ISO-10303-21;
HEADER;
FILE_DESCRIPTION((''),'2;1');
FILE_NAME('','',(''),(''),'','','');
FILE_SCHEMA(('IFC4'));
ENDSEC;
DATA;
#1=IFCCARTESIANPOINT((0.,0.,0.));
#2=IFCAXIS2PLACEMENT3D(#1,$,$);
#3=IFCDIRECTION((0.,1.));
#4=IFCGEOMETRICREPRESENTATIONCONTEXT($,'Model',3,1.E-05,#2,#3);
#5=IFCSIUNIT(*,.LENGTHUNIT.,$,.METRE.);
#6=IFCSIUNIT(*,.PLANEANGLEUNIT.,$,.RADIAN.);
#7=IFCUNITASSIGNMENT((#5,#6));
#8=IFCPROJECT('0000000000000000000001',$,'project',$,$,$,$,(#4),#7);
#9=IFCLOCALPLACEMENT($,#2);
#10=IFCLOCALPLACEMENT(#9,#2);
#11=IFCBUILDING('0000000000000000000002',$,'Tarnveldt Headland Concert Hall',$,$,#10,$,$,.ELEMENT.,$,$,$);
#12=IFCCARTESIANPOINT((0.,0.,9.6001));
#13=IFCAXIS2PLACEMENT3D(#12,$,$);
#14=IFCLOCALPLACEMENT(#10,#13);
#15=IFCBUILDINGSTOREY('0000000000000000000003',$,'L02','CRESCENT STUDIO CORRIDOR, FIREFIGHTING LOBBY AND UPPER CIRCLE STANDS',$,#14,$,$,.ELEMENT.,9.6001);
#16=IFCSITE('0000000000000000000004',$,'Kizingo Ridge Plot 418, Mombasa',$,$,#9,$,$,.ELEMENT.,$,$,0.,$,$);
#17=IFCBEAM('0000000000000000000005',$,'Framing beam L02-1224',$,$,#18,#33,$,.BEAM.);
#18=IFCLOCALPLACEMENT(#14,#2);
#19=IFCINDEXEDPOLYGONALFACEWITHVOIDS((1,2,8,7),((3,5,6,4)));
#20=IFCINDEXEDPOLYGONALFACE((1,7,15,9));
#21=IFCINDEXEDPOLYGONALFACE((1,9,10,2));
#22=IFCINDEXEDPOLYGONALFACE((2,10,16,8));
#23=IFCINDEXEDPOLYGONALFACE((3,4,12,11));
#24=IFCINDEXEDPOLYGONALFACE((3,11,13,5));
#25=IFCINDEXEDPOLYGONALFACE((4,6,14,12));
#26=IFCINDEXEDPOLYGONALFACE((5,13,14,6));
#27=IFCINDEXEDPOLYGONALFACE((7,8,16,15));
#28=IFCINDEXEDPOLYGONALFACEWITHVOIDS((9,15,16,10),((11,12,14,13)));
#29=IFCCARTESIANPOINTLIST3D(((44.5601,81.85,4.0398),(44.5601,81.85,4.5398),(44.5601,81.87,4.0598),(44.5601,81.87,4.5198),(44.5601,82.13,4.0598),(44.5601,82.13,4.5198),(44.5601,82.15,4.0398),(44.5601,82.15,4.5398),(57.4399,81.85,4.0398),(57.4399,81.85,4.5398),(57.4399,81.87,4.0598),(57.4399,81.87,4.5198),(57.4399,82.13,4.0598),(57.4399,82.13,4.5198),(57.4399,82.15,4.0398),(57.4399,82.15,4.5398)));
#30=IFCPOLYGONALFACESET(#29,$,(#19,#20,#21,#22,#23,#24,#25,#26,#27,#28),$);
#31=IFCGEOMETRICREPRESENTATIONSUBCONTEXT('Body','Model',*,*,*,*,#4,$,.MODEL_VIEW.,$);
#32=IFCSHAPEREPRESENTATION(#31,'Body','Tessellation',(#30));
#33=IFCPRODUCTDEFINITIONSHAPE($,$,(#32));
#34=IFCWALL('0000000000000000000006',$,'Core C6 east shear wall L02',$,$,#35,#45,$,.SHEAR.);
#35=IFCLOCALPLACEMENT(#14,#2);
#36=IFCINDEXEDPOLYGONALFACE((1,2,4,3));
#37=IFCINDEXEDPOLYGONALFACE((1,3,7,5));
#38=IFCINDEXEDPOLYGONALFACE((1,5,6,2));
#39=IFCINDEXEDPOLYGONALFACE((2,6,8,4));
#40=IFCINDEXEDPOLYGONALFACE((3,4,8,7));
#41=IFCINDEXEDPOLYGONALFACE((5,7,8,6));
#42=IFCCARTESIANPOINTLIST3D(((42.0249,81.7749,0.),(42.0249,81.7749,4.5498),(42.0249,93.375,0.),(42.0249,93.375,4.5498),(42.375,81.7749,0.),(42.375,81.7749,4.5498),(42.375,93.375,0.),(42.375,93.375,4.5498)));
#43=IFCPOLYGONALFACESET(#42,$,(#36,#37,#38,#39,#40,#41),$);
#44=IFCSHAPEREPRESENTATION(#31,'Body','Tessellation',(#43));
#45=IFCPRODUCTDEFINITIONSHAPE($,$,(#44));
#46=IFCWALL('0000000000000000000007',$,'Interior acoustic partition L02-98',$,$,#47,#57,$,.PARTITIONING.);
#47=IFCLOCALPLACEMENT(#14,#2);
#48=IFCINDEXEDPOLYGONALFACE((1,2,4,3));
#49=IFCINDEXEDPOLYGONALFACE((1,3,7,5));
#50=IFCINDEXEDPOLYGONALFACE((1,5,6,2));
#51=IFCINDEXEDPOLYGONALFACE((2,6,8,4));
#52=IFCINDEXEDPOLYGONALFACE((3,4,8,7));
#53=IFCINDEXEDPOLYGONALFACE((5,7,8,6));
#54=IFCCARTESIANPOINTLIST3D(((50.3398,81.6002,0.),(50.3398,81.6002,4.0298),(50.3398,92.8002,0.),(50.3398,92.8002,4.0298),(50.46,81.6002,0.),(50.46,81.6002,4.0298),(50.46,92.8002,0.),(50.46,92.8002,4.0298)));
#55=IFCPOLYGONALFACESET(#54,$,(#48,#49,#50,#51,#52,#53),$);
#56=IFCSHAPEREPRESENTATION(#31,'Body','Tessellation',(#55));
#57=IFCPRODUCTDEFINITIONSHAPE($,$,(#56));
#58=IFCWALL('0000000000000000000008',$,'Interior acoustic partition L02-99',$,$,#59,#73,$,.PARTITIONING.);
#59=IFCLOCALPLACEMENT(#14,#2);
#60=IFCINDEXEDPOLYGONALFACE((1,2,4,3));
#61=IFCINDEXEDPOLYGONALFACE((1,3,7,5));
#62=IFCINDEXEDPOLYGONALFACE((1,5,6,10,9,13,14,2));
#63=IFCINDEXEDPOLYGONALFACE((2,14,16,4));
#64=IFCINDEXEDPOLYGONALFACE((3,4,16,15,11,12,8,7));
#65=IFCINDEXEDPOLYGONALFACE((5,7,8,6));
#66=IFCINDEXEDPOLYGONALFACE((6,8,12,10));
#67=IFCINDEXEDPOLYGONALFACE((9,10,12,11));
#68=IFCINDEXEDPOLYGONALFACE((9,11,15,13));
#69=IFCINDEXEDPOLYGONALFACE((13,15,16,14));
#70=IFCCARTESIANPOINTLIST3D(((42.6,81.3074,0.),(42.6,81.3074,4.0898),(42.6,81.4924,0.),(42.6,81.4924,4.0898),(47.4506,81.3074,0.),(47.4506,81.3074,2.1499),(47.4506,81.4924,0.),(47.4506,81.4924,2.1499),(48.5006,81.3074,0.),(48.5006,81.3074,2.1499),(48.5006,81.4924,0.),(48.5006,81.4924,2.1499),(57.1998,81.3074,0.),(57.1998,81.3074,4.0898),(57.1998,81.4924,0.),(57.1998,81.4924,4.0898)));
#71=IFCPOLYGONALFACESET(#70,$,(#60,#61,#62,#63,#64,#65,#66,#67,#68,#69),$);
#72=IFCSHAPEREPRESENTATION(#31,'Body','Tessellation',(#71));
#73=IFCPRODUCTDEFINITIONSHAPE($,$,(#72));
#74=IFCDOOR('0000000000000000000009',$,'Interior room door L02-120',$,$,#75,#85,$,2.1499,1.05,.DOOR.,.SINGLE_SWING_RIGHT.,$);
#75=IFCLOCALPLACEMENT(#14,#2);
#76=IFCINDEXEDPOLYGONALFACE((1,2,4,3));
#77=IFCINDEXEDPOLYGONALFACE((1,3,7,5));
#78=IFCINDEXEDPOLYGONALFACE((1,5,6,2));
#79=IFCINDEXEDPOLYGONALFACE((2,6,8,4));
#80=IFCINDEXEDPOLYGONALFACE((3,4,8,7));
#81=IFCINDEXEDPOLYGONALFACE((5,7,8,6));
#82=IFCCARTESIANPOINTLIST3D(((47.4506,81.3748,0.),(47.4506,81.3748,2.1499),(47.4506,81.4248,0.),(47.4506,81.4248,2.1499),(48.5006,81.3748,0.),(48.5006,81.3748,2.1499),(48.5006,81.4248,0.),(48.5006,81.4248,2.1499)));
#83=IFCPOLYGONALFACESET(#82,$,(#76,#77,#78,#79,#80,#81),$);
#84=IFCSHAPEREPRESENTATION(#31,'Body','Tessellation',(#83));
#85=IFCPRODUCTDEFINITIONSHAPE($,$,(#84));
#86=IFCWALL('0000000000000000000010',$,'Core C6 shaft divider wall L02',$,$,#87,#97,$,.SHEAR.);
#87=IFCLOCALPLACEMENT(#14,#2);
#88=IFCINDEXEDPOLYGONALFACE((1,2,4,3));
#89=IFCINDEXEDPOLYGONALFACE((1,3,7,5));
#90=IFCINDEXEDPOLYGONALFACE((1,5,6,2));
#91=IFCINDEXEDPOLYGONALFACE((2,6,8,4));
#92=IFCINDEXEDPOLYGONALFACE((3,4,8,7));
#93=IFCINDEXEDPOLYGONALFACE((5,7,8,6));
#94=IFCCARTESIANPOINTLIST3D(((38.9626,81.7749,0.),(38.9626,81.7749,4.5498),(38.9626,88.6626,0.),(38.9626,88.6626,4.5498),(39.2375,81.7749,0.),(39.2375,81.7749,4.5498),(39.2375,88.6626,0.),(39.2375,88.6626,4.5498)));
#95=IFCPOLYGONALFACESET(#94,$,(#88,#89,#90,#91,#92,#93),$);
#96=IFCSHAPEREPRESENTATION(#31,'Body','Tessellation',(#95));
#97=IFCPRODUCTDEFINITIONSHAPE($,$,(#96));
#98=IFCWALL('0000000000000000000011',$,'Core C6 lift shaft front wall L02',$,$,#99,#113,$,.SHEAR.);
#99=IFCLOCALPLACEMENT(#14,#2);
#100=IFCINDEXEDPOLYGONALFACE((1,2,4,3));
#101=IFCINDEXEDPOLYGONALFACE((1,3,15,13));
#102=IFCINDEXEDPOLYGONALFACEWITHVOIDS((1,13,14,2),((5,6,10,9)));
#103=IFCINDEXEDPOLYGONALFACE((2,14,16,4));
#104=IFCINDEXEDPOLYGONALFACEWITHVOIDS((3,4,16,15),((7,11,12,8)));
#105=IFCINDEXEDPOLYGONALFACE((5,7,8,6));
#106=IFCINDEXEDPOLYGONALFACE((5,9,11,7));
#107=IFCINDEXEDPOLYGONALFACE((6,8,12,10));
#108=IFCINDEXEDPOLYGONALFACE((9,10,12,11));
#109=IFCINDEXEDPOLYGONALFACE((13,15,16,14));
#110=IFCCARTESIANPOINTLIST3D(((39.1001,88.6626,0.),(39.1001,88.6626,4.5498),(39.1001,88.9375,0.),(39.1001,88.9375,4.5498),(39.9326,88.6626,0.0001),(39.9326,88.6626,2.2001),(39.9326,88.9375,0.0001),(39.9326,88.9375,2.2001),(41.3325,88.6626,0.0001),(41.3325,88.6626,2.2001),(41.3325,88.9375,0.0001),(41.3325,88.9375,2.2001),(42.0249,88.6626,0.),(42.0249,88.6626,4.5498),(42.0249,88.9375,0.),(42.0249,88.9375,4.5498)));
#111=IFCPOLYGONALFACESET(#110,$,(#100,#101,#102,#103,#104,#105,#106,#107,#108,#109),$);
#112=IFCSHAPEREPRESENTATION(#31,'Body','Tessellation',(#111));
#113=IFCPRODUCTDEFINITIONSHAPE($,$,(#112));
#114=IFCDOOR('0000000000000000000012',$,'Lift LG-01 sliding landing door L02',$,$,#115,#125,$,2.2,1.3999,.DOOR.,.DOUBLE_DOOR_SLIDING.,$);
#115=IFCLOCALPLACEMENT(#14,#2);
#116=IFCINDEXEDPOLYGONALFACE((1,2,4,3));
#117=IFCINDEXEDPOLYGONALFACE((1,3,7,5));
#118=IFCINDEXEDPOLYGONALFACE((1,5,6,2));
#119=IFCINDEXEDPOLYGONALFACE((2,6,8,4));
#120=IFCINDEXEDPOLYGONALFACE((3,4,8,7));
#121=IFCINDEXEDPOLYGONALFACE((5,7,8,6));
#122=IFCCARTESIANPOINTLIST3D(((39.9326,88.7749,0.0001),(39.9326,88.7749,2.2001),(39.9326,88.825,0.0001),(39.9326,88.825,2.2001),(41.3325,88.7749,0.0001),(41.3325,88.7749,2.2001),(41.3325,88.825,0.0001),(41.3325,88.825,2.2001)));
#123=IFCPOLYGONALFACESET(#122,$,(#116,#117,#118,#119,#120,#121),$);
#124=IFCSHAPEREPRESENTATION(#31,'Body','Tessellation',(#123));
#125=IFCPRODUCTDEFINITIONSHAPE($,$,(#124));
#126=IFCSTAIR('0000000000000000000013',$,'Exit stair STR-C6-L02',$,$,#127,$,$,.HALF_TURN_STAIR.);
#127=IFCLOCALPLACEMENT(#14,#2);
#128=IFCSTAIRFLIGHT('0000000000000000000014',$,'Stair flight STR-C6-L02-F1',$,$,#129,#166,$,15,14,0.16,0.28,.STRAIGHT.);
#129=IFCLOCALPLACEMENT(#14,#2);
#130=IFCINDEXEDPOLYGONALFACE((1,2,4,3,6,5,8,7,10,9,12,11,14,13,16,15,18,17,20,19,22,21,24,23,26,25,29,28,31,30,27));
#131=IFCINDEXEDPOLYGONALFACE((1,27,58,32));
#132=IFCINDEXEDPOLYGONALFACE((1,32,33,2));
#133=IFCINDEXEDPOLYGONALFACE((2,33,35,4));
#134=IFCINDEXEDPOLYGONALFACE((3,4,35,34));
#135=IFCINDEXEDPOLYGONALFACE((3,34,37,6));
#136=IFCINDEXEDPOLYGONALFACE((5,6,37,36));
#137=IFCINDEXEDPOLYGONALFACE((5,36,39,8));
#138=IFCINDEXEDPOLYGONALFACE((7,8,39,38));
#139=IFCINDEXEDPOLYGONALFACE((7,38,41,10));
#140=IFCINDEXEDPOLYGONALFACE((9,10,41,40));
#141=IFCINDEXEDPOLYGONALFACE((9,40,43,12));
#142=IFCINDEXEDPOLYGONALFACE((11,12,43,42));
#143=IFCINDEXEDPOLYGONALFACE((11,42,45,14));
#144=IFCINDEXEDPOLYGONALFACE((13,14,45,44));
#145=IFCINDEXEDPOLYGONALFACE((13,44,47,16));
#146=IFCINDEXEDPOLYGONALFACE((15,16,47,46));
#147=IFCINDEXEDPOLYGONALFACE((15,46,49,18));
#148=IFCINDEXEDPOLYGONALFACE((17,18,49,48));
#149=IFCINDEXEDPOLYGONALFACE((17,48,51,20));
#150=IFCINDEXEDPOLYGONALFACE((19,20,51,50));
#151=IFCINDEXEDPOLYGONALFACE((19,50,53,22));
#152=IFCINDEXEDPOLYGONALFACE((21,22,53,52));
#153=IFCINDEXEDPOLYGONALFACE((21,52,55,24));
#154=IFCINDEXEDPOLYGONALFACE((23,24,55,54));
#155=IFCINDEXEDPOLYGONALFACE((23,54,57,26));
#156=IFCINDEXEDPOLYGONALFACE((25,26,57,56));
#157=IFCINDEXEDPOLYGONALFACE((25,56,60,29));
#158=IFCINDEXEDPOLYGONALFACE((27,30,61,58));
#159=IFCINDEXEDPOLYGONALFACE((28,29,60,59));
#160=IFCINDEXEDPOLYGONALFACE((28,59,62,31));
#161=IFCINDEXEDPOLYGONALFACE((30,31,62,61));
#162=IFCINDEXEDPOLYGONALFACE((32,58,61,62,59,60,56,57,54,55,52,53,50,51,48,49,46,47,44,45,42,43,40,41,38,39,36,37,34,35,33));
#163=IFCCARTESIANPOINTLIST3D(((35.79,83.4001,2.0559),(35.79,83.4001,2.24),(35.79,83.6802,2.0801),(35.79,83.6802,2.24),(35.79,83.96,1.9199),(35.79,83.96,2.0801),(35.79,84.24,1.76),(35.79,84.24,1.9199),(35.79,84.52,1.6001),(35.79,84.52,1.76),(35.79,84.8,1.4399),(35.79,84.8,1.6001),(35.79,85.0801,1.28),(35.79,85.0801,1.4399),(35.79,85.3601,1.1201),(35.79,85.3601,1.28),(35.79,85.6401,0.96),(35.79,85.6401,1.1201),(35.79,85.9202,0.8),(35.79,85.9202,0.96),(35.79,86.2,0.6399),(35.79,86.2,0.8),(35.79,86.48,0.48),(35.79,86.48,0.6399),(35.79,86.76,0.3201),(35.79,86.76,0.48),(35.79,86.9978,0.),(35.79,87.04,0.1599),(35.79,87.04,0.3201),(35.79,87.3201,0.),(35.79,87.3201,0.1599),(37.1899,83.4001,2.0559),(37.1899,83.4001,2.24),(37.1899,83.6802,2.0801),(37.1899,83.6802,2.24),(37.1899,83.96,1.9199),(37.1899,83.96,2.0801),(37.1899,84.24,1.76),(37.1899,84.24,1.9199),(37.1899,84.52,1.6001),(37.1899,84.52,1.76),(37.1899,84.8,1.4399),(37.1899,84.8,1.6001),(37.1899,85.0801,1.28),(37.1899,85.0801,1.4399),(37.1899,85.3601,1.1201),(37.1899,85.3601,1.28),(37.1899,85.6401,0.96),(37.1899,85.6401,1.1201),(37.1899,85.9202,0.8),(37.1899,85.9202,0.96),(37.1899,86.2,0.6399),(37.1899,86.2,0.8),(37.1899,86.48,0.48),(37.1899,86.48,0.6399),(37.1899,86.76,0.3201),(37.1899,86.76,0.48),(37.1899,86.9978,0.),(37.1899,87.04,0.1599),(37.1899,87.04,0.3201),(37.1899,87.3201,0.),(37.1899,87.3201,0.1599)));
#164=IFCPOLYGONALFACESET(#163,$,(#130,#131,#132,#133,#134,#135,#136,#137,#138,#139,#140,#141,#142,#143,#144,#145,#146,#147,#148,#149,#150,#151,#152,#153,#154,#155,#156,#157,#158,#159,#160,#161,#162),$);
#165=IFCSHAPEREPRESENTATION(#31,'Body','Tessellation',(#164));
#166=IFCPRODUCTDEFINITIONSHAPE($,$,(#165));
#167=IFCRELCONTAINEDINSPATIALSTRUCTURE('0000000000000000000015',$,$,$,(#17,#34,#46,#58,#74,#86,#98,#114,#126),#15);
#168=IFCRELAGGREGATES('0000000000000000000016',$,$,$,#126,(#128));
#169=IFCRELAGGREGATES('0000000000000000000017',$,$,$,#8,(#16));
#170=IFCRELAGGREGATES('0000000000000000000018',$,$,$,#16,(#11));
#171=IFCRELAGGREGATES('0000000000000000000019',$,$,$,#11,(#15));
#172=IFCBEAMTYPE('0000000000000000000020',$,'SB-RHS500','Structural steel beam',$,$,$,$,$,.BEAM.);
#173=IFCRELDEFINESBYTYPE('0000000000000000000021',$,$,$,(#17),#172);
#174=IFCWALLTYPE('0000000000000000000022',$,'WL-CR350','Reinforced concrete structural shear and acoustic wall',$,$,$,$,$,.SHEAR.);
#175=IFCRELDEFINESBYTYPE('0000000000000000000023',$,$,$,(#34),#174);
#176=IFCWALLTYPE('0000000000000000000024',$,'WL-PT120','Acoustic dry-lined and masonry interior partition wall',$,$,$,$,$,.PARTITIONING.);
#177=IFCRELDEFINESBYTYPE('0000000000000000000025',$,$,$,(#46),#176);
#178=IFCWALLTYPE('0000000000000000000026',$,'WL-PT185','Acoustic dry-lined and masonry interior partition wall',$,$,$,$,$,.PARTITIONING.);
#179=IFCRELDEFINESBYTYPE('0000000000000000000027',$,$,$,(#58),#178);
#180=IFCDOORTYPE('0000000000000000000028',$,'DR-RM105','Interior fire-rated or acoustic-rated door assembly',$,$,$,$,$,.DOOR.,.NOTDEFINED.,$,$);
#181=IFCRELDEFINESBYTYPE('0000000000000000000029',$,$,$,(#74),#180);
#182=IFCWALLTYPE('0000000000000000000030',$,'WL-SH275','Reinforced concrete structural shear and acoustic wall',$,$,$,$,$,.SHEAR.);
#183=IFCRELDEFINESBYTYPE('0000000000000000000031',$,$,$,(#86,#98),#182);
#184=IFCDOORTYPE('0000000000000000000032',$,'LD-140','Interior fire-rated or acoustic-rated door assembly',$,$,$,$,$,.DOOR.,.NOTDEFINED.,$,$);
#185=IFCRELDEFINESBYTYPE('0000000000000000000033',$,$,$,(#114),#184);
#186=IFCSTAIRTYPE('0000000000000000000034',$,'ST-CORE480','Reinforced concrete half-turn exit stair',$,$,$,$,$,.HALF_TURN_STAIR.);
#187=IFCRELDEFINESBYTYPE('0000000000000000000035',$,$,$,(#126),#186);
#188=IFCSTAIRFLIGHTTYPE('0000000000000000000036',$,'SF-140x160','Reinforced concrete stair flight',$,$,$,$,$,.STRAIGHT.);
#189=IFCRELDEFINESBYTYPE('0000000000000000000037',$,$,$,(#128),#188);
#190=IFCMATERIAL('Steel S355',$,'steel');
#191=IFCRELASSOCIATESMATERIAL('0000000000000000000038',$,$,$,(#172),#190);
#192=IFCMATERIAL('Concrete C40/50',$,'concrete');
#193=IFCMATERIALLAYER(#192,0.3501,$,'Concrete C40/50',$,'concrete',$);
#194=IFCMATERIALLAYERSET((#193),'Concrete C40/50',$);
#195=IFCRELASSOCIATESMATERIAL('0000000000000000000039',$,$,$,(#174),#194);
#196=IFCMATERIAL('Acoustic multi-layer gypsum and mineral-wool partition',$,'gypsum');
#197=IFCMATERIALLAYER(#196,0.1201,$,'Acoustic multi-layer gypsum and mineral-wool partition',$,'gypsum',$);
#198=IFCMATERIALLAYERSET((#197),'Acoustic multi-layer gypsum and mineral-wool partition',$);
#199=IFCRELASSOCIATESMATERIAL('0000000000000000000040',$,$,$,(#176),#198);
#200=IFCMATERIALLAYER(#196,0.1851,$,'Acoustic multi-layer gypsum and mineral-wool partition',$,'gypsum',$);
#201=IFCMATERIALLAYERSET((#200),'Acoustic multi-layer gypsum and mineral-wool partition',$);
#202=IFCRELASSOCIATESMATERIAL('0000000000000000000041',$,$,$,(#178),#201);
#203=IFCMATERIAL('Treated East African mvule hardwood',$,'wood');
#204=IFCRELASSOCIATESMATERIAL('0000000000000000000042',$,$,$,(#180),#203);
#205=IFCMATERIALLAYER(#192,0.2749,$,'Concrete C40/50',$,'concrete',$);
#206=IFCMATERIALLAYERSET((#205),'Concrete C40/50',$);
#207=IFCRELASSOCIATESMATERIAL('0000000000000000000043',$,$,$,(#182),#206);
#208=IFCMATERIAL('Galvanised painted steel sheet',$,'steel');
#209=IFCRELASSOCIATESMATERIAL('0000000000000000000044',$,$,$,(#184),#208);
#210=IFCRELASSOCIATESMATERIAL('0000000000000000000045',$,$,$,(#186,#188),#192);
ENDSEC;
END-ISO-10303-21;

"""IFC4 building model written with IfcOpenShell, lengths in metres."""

from ifc_helpers import new_model, si_unit, direction, frame, frame_2d, origin, origin_2d, place, context, subcontext, project, spatial, polyline, rectangle, hollow_rectangle, outline, extrude, material, layer, layer_set, material_profile, profile_set, type_object, element, fill, aggregate, save


model = new_model("IFC4")

# Units and contexts
model_context = context("Model", 3, precision=1e-05, world=origin(), true_north=direction((0.0, 1.0)))
body_context = subcontext(model_context, "Body", "Model", "MODEL_VIEW")
ifc_project = project(units=[si_unit("LENGTHUNIT", "METRE"), si_unit("PLANEANGLEUNIT", "RADIAN")], contexts=[model_context])

# Site, building, storey
site_placement = place(None, origin())
site = spatial("IfcSite", under=ifc_project, at=site_placement, Name="Kizingo Ridge Plot 418, Mombasa", CompositionType="ELEMENT", RefElevation=0.0)
building_placement = place(site_placement, origin())
building = spatial("IfcBuilding", under=site, at=building_placement, Name="Tarnveldt Headland Concert Hall", CompositionType="ELEMENT")
storey_placement = place(building_placement, frame((0.0, 0.0, 9.6001)))
storey = spatial("IfcBuildingStorey", under=building, at=storey_placement, Name="L02", Description="CRESCENT STUDIO CORRIDOR, FIREFIGHTING LOBBY AND UPPER CIRCLE STANDS", CompositionType="ELEMENT", Elevation=9.6001)

# Shared definitions
ifc_material_1 = material(Name="Steel S355", Category="steel")

# Beam
ifc_material_profile_1 = material_profile(ifc_material_1, hollow_rectangle(XDim=0.3, YDim=0.5, WallThickness=0.02, at=origin_2d()), Name="RHS 500x300x20", Category="steel")
ifc_profile_set_1 = profile_set([ifc_material_profile_1], Name="Steel S355")
beam_type_1 = type_object("IfcBeamType", Name="SB-RHS500", Description="Structural steel beam", PredefinedType="BEAM", material=ifc_profile_set_1)
beam_1_placement = place(storey_placement, frame((44.5601, 82.0, 4.2898), z_axis=(1.0, 0.0, 0.0), x_axis=(0.0, 1.0, 0.0)))
element("IfcBeam", 1, at=beam_1_placement, inside=storey, type_object=beam_type_1, Name="Framing beam L02-1224", PredefinedType="BEAM", context=body_context, shape_type="SweptSolid", body=[
    extrude(hollow_rectangle(XDim=0.3, YDim=0.5, WallThickness=0.02, at=origin_2d()), origin(), (0.0, 0.0, 1.0), 12.8799),
])

# Walls
ifc_material_2 = material(Name="Concrete C40/50", Category="concrete")
ifc_layer_1 = layer(ifc_material_2, 0.3501, Name="Concrete C40/50", Category="concrete")
ifc_layer_set_1 = layer_set([ifc_layer_1], Name="Concrete C40/50")
wall_type_1 = type_object("IfcWallType", Name="WL-CR350", Description="Reinforced concrete structural shear and acoustic wall", PredefinedType="SHEAR", material=ifc_layer_set_1)
wall_1_placement = place(storey_placement, frame((42.2, 81.7749, 0.0), z_axis=(0.0, 0.0, 1.0), x_axis=(0.0, 1.0, 0.0)))
element("IfcWall", 2, at=wall_1_placement, inside=storey, type_object=wall_type_1, Name="Core C6 east shear wall L02", PredefinedType="SHEAR", context=body_context, shape_type="SweptSolid", body=[
    extrude(rectangle(XDim=11.6001, YDim=0.3501, at=frame_2d((5.8, 0.0))), origin(), (0.0, 0.0, 1.0), 4.5498),
])
ifc_material_3 = material(Name="Acoustic multi-layer gypsum and mineral-wool partition", Category="gypsum")
ifc_layer_2 = layer(ifc_material_3, 0.1201, Name="Acoustic multi-layer gypsum and mineral-wool partition", Category="gypsum")
ifc_layer_set_2 = layer_set([ifc_layer_2], Name="Acoustic multi-layer gypsum and mineral-wool partition")
wall_type_2 = type_object("IfcWallType", Name="WL-PT120", Description="Acoustic dry-lined and masonry interior partition wall", PredefinedType="PARTITIONING", material=ifc_layer_set_2)
wall_2_placement = place(storey_placement, frame((50.3999, 81.6001, 0.0), z_axis=(0.0, 0.0, 1.0), x_axis=(0.0, 1.0, 0.0)))
element("IfcWall", 3, at=wall_2_placement, inside=storey, type_object=wall_type_2, Name="Interior acoustic partition L02-98", PredefinedType="PARTITIONING", context=body_context, shape_type="SweptSolid", body=[
    extrude(rectangle(XDim=11.2, YDim=0.1201, at=frame_2d((5.6001, 0.0))), origin(), (0.0, 0.0, 1.0), 4.0298),
])

# Wall, opening, door
ifc_layer_3 = layer(ifc_material_3, 0.1851, Name="Acoustic multi-layer gypsum and mineral-wool partition", Category="gypsum")
ifc_layer_set_3 = layer_set([ifc_layer_3], Name="Acoustic multi-layer gypsum and mineral-wool partition")
wall_type_3 = type_object("IfcWallType", Name="WL-PT185", Description="Acoustic dry-lined and masonry interior partition wall", PredefinedType="PARTITIONING", material=ifc_layer_set_3)
wall_3_placement = place(storey_placement, frame((42.6001, 81.3999, 0.0), z_axis=(0.0, 0.0, 1.0), x_axis=(1.0, 0.0, 0.0)))
wall_3 = element("IfcWall", 4, at=wall_3_placement, inside=storey, type_object=wall_type_3, Name="Interior acoustic partition L02-99", PredefinedType="PARTITIONING", context=body_context, shape_type="SweptSolid", body=[
    extrude(rectangle(XDim=14.5999, YDim=0.1851, at=frame_2d((7.2998, 0.0))), origin(), (0.0, 0.0, 1.0), 4.0898),
])
opening_1_placement = place(wall_3_placement, frame((4.8506, 0.0, 0.0)))
opening_1 = element("IfcOpeningElement", 5, at=opening_1_placement, cuts=wall_3, PredefinedType="OPENING", context=body_context, shape_type="SweptSolid", body=[
    extrude(rectangle(XDim=1.05, YDim=2.1499, at=frame_2d((0.5249, 1.075))), frame((0.0, 0.1025, 0.0), z_axis=(0.0, -1.0, 0.0), x_axis=(1.0, 0.0, 0.0)), (0.0, 0.0, 1.0), 0.2051),
])
ifc_material_4 = material(Name="Treated East African mvule hardwood", Category="wood")
door_type_1 = type_object("IfcDoorType", Name="DR-RM105", Description="Interior fire-rated or acoustic-rated door assembly", OperationType="NOTDEFINED", PredefinedType="DOOR", material=ifc_material_4)
door_1_placement = place(opening_1_placement, origin())
door_1 = element("IfcDoor", 6, at=door_1_placement, inside=storey, type_object=door_type_1, Name="Interior room door L02-120", OperationType="SINGLE_SWING_RIGHT", OverallHeight=2.1499, OverallWidth=1.05, PredefinedType="DOOR", context=body_context, shape_type="SweptSolid", body=[
    extrude(rectangle(XDim=1.05, YDim=2.1499, at=frame_2d((0.5249, 1.075))), frame((0.0, 0.0249, 0.0), z_axis=(0.0, -1.0, 0.0), x_axis=(1.0, 0.0, 0.0)), (0.0, 0.0, 1.0), 0.05),
])
fill(opening_1, door_1)

# Wall
ifc_layer_4 = layer(ifc_material_2, 0.2749, Name="Concrete C40/50", Category="concrete")
ifc_layer_set_4 = layer_set([ifc_layer_4], Name="Concrete C40/50")
wall_type_4 = type_object("IfcWallType", Name="WL-SH275", Description="Reinforced concrete structural shear and acoustic wall", PredefinedType="SHEAR", material=ifc_layer_set_4)
wall_4_placement = place(storey_placement, frame((39.1001, 81.7749, 0.0), z_axis=(0.0, 0.0, 1.0), x_axis=(0.0, 1.0, 0.0)))
element("IfcWall", 7, at=wall_4_placement, inside=storey, type_object=wall_type_4, Name="Core C6 shaft divider wall L02", PredefinedType="SHEAR", context=body_context, shape_type="SweptSolid", body=[
    extrude(rectangle(XDim=6.8877, YDim=0.2749, at=frame_2d((3.4438, 0.0))), origin(), (0.0, 0.0, 1.0), 4.5498),
])

# Wall, opening, door
wall_5_placement = place(storey_placement, frame((39.1001, 88.8, 0.0), z_axis=(0.0, 0.0, 1.0), x_axis=(1.0, 0.0, 0.0)))
wall_5 = element("IfcWall", 8, at=wall_5_placement, inside=storey, type_object=wall_type_4, Name="Core C6 lift shaft front wall L02", PredefinedType="SHEAR", context=body_context, shape_type="SweptSolid", body=[
    extrude(rectangle(XDim=2.9248, YDim=0.2749, at=frame_2d((1.4624, 0.0))), origin(), (0.0, 0.0, 1.0), 4.5498),
])
opening_2_placement = place(wall_5_placement, frame((0.8325, 0.0, 0.0)))
opening_2 = element("IfcOpeningElement", 9, at=opening_2_placement, cuts=wall_5, PredefinedType="OPENING", context=body_context, shape_type="SweptSolid", body=[
    extrude(rectangle(XDim=1.3999, YDim=2.2, at=frame_2d((0.7, 1.1001))), frame((0.0, 0.1475, 0.0), z_axis=(0.0, -1.0, 0.0), x_axis=(1.0, 0.0, 0.0)), (0.0, 0.0, 1.0), 0.2949),
])
ifc_material_5 = material(Name="Galvanised painted steel sheet", Category="steel")
door_type_2 = type_object("IfcDoorType", Name="LD-140", Description="Interior fire-rated or acoustic-rated door assembly", OperationType="NOTDEFINED", PredefinedType="DOOR", material=ifc_material_5)
door_2_placement = place(opening_2_placement, origin())
door_2 = element("IfcDoor", 10, at=door_2_placement, inside=storey, type_object=door_type_2, Name="Lift LG-01 sliding landing door L02", OperationType="DOUBLE_DOOR_SLIDING", OverallHeight=2.2, OverallWidth=1.3999, PredefinedType="DOOR", context=body_context, shape_type="SweptSolid", body=[
    extrude(rectangle(XDim=1.3999, YDim=2.2, at=frame_2d((0.7, 1.1001))), frame((0.0, 0.0249, 0.0), z_axis=(0.0, -1.0, 0.0), x_axis=(1.0, 0.0, 0.0)), (0.0, 0.0, 1.0), 0.05),
])
fill(opening_2, door_2)

# Stair, stair flight
stair_type = type_object("IfcStairType", Name="ST-CORE480", Description="Reinforced concrete half-turn exit stair", PredefinedType="HALF_TURN_STAIR", material=ifc_material_2)
stair_placement = place(storey_placement, origin())
stair = element("IfcStair", 11, at=stair_placement, inside=storey, type_object=stair_type, Name="Exit stair STR-C6-L02", PredefinedType="HALF_TURN_STAIR")
stair_flight_type = type_object("IfcStairFlightType", Name="SF-140x160", Description="Reinforced concrete stair flight", PredefinedType="STRAIGHT", material=ifc_material_2)
stair_flight_1_placement = place(storey_placement, frame((36.49, 87.3201, 0.0), z_axis=(0.0, 0.0, 1.0), x_axis=(0.0, -1.0, 0.0)))
stair_flight_1 = element("IfcStairFlight", 12, at=stair_flight_1_placement, type_object=stair_flight_type, Name="Stair flight STR-C6-L02-F1", NumberOfRisers=15, NumberOfTreads=14, PredefinedType="STRAIGHT", RiserHeight=0.16, TreadLength=0.28, context=body_context, shape_type="SweptSolid", body=[
    extrude(outline(polyline([(0.0, 0.0), (0.0, 0.1599), (0.28, 0.1599), (0.28, 0.3201), (0.5601, 0.3201), (0.5601, 0.48), (0.8401, 0.48), (0.8401, 0.6399), (1.1201, 0.6399), (1.1201, 0.8), (1.3999, 0.8), (1.3999, 0.96), (1.6799, 0.96), (1.6799, 1.1201), (1.96, 1.1201), (1.96, 1.28), (2.24, 1.28), (2.24, 1.4399), (2.52, 1.4399), (2.52, 1.6001), (2.8, 1.6001), (2.8, 1.76), (3.0801, 1.76), (3.0801, 1.9199), (3.3601, 1.9199), (3.3601, 2.0801), (3.6399, 2.0801), (3.6399, 2.24), (3.9199, 2.24), (3.9199, 2.3999), (3.9199, 2.0559), (0.3223, 0.0), (0.0, 0.0)])), frame((0.0, 0.7, 0.0), z_axis=(0.0, -1.0, 0.0), x_axis=(1.0, 0.0, 0.0)), (0.0, 0.0, 1.0), 1.3999),
])
aggregate(stair, [stair_flight_1])

save(model, "model.ifc")
